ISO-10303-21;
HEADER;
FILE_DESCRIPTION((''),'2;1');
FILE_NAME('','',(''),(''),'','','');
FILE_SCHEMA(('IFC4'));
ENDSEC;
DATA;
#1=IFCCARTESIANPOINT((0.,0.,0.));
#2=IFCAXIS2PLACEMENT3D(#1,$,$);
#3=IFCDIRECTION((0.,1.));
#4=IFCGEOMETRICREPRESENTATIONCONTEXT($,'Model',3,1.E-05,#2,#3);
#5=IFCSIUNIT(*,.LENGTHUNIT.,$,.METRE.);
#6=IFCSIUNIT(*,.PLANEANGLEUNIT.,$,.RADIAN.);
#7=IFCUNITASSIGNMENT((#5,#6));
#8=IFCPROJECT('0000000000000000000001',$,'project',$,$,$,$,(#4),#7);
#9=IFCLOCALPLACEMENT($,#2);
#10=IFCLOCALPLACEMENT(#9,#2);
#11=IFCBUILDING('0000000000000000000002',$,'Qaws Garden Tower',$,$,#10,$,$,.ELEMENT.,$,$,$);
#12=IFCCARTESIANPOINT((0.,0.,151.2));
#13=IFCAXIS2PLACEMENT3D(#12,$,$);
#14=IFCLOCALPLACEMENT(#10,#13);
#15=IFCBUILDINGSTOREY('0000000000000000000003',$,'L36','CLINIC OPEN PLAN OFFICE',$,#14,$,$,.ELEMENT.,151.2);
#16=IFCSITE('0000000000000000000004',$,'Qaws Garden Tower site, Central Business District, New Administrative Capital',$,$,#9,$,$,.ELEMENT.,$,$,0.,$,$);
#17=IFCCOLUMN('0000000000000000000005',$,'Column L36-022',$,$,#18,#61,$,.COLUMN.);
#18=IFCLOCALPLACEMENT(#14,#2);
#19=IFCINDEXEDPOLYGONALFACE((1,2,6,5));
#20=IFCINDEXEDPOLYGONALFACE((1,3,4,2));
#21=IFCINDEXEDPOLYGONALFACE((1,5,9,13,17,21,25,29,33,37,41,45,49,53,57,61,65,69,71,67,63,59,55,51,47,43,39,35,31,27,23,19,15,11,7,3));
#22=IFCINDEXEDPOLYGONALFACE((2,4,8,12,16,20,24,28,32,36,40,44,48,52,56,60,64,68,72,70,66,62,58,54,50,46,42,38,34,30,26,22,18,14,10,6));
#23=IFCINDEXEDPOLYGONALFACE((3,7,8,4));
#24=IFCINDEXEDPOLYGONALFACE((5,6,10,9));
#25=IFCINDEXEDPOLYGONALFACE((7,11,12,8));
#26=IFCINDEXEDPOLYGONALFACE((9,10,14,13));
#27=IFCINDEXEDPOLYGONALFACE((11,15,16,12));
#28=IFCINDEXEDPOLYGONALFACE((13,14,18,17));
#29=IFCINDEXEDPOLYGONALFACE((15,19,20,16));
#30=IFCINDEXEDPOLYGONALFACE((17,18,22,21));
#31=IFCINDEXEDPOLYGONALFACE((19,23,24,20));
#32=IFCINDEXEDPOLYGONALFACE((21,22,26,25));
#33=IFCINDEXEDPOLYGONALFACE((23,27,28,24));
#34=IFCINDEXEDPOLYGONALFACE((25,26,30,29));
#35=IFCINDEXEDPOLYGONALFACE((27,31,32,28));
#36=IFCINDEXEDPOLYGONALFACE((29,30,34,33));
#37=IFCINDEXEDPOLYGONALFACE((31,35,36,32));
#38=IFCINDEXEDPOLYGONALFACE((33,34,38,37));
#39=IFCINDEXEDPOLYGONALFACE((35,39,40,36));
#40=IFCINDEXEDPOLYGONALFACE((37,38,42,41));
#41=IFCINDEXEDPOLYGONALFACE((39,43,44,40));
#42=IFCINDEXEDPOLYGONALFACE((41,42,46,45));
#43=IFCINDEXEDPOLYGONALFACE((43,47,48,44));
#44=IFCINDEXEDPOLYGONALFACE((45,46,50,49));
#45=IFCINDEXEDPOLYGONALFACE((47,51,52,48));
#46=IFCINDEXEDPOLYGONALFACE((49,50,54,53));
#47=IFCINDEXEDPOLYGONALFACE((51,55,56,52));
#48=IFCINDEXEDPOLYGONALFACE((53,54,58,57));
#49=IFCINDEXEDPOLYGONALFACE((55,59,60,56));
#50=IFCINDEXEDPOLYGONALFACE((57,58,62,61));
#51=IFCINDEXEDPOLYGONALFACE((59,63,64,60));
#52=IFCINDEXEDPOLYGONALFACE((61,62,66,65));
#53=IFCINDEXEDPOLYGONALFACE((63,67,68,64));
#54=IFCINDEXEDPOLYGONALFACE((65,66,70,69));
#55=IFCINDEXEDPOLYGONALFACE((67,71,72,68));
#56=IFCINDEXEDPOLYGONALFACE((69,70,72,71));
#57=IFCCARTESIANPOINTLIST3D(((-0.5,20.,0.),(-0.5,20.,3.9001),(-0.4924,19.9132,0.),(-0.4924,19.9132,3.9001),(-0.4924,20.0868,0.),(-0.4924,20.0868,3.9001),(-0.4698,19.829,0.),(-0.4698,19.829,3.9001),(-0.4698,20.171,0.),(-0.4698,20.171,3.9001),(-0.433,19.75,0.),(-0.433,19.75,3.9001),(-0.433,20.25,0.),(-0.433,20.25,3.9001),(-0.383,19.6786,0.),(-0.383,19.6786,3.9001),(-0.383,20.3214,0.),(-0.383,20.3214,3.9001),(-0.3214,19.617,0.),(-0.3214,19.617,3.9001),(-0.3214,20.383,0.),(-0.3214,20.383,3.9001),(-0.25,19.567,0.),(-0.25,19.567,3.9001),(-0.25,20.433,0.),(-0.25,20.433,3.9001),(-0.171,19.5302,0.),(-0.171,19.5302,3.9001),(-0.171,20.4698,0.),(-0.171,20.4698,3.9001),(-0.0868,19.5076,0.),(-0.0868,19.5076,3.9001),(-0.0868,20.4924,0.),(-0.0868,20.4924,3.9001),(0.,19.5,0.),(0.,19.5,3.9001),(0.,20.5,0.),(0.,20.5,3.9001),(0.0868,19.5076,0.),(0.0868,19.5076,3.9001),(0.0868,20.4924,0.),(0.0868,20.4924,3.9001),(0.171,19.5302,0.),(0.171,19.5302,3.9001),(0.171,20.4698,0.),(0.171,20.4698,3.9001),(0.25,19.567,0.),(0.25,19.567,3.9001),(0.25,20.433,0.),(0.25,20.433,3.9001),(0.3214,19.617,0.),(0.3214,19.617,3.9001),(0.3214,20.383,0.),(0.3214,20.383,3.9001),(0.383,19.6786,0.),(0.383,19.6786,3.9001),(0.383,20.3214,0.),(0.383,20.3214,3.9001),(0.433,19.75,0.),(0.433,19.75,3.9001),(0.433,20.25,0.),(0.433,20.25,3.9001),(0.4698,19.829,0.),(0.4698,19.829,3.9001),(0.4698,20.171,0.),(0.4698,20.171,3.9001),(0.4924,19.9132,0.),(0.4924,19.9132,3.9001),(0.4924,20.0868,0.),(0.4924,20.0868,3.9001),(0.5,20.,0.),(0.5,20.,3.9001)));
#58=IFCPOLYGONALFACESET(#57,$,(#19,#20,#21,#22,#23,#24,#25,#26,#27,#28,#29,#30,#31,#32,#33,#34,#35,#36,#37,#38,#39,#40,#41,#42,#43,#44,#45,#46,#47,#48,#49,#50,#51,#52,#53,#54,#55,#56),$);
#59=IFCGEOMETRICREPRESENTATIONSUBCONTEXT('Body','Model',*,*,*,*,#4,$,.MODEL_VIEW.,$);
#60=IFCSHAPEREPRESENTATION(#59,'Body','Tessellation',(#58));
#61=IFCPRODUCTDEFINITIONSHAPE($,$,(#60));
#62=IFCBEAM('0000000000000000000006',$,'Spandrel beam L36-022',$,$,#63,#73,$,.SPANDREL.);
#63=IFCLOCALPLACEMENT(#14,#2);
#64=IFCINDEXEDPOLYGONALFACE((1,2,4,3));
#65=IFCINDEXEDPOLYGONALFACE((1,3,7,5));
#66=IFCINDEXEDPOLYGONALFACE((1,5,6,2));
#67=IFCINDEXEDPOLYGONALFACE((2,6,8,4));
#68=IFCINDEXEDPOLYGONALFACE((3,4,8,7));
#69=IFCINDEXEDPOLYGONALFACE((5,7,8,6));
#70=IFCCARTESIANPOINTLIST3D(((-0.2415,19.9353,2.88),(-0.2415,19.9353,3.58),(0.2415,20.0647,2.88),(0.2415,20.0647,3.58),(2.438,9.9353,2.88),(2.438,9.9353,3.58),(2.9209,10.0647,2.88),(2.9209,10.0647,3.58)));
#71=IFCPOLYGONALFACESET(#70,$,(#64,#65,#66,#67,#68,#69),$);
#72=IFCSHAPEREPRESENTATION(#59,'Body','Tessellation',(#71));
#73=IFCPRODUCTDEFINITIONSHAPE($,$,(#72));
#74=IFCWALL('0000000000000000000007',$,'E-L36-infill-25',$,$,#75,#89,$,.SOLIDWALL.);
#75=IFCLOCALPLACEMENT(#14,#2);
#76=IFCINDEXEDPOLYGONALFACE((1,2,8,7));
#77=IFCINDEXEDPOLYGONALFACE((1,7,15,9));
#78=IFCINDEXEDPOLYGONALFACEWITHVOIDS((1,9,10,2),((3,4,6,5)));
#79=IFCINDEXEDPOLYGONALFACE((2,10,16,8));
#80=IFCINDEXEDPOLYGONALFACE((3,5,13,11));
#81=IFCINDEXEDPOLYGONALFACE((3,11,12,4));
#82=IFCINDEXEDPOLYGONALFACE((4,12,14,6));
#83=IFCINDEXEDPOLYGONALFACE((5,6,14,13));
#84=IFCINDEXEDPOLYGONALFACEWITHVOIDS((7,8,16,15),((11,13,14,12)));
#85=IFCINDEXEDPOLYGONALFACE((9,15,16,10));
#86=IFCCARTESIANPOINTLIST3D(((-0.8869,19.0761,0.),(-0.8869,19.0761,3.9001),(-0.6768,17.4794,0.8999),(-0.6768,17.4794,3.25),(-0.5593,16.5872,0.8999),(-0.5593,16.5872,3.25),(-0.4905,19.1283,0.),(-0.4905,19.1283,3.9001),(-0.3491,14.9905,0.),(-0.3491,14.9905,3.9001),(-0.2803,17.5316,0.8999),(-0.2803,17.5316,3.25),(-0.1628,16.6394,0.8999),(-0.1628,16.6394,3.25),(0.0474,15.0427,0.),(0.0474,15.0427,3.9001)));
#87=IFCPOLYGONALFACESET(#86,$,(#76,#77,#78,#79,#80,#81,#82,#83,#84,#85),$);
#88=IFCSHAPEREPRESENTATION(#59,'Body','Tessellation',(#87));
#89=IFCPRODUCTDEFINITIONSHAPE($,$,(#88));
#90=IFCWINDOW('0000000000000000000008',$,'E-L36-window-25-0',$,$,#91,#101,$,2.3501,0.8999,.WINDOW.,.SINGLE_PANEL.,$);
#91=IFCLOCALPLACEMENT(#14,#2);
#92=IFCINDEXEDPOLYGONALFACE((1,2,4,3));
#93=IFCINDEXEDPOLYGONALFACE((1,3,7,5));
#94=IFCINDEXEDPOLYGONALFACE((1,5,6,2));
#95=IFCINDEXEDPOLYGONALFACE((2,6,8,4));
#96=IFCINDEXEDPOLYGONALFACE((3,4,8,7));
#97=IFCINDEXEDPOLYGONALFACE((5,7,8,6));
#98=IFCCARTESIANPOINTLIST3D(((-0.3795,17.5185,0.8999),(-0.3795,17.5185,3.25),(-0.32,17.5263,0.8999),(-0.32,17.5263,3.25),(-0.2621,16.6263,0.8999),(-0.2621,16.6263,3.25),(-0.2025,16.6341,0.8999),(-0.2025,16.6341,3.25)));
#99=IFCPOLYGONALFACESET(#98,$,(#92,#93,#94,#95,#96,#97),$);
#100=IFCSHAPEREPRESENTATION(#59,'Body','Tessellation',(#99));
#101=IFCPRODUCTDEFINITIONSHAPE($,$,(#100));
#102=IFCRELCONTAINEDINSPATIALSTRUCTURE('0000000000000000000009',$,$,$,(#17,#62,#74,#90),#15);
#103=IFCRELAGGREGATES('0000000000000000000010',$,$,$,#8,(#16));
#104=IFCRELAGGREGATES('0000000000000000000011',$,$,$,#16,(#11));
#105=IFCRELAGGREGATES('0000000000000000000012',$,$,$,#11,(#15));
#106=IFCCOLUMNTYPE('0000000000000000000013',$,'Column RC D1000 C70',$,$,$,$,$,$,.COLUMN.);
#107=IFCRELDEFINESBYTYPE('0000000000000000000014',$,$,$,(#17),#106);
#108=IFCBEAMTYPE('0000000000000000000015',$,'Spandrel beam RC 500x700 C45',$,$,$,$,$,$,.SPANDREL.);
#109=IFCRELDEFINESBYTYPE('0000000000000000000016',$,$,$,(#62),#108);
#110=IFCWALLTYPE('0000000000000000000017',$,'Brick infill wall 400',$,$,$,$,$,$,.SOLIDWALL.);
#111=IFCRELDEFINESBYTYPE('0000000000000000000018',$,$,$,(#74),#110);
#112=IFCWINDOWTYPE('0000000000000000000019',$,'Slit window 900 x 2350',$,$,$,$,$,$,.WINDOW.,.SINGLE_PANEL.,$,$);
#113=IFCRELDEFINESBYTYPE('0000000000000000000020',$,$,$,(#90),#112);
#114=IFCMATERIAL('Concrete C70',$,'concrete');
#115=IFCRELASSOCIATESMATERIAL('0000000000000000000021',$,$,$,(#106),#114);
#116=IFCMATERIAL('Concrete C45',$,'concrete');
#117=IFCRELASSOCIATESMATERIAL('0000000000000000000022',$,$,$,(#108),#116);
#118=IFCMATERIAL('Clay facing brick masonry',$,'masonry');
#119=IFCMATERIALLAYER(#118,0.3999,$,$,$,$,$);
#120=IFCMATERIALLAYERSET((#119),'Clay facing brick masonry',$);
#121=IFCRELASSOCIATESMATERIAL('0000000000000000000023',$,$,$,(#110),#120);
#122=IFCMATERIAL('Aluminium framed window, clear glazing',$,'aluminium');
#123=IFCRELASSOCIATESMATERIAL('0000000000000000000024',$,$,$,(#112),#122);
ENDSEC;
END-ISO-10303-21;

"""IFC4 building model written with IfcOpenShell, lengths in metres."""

from ifc_helpers import new_model, si_unit, direction, frame, frame_2d, origin, origin_2d, place, context, subcontext, project, spatial, rectangle, circle, extrude, material, layer, layer_set, material_profile, profile_set, type_object, element, fill, save


model = new_model("IFC4")

# Units and contexts
model_context = context("Model", 3, precision=1e-05, world=origin(), true_north=direction((0.0, 1.0)))
body_context = subcontext(model_context, "Body", "Model", "MODEL_VIEW")
ifc_project = project(units=[si_unit("LENGTHUNIT", "METRE"), si_unit("PLANEANGLEUNIT", "RADIAN")], contexts=[model_context])

# Site, building, storey
site_placement = place(None, origin())
site = spatial("IfcSite", under=ifc_project, at=site_placement, Name="Qaws Garden Tower site, Central Business District, New Administrative Capital", CompositionType="ELEMENT", RefElevation=0.0)
building_placement = place(site_placement, origin())
building = spatial("IfcBuilding", under=site, at=building_placement, Name="Qaws Garden Tower", CompositionType="ELEMENT")
storey_placement = place(building_placement, frame((0.0, 0.0, 151.2)))
storey = spatial("IfcBuildingStorey", under=building, at=storey_placement, Name="L36", Description="CLINIC OPEN PLAN OFFICE", CompositionType="ELEMENT", Elevation=151.2)

# Column
ifc_material_1 = material(Name="Concrete C70", Category="concrete")
ifc_material_profile_1 = material_profile(ifc_material_1, circle(Radius=0.5, at=origin_2d()), Name="RC D1000")
ifc_profile_set_1 = profile_set([ifc_material_profile_1], Name="Concrete C70")
column_type = type_object("IfcColumnType", Name="Column RC D1000 C70", PredefinedType="COLUMN", material=ifc_profile_set_1)
column_placement = place(storey_placement, frame((0.0, 20.0, 0.0), z_axis=(0.0, 0.0, 1.0), x_axis=(1.0, 0.0, 0.0)))
element("IfcColumn", 1, at=column_placement, inside=storey, type_object=column_type, Name="Column L36-022", PredefinedType="COLUMN", context=body_context, shape_type="SweptSolid", body=[
    extrude(circle(Radius=0.5, at=origin_2d()), origin(), (0.0, 0.0, 1.0), 3.9001),
])

# Beam
ifc_material_2 = material(Name="Concrete C45", Category="concrete")
ifc_material_profile_2 = material_profile(ifc_material_2, rectangle(XDim=0.5, YDim=0.7, at=origin_2d()), Name="RC 500x700")
ifc_profile_set_2 = profile_set([ifc_material_profile_2], Name="Concrete C45")
beam_type = type_object("IfcBeamType", Name="Spandrel beam RC 500x700 C45", PredefinedType="SPANDREL", material=ifc_profile_set_2)
beam_placement = place(storey_placement, frame((0.0, 20.0, 3.23), z_axis=(0.258815, -0.965927, 0.0), x_axis=(0.965927, 0.258815, 0.0)))
element("IfcBeam", 2, at=beam_placement, inside=storey, type_object=beam_type, Name="Spandrel beam L36-022", PredefinedType="SPANDREL", context=body_context, shape_type="SweptSolid", body=[
    extrude(rectangle(XDim=0.5, YDim=0.7, at=origin_2d()), origin(), (0.0, 0.0, 1.0), 10.3528),
])

# Wall, opening, window
ifc_material_3 = material(Name="Clay facing brick masonry", Category="masonry")
ifc_layer_1 = layer(ifc_material_3, 0.3999)
ifc_layer_set_1 = layer_set([ifc_layer_1], Name="Clay facing brick masonry")
wall_type_1 = type_object("IfcWallType", Name="Brick infill wall 400", PredefinedType="SOLIDWALL", material=ifc_layer_set_1)
wall_1_placement = place(storey_placement, frame((-0.6887, 19.1023, 0.0), z_axis=(0.0, 0.0, 1.0), x_axis=(0.130514, -0.991446, 0.0)))
wall_1 = element("IfcWall", 3, at=wall_1_placement, inside=storey, type_object=wall_type_1, Name="E-L36-infill-25", PredefinedType="SOLIDWALL", context=body_context, shape_type="SweptSolid", body=[
    extrude(rectangle(XDim=4.1208, YDim=0.3999, at=frame_2d((2.0605, 0.0))), origin(), (0.0, 0.0, 1.0), 3.9001),
])
opening_1_placement = place(wall_1_placement, frame((1.6106, 0.0, 0.8999)))
opening_1 = element("IfcOpeningElement", 4, at=opening_1_placement, cuts=wall_1, PredefinedType="OPENING", context=body_context, shape_type="SweptSolid", body=[
    extrude(rectangle(XDim=0.8999, YDim=2.3501, at=frame_2d((0.45, 1.175))), frame((0.0, 0.21, 0.0), z_axis=(0.0, -1.0, 0.0), x_axis=(1.0, 0.0, 0.0)), (0.0, 0.0, 1.0), 0.4199),
])
ifc_material_4 = material(Name="Aluminium framed window, clear glazing", Category="aluminium")
window_type = type_object("IfcWindowType", Name="Slit window 900 x 2350", PartitioningType="SINGLE_PANEL", PredefinedType="WINDOW", material=ifc_material_4)
window_placement = place(opening_1_placement, origin())
window = element("IfcWindow", 5, at=window_placement, inside=storey, type_object=window_type, Name="E-L36-window-25-0", OverallHeight=2.3501, OverallWidth=0.8999, PartitioningType="SINGLE_PANEL", PredefinedType="WINDOW", context=body_context, shape_type="SweptSolid", body=[
    extrude(rectangle(XDim=0.8999, YDim=2.3501, at=frame_2d((0.45, 1.175))), frame((0.0, 0.1599, 0.0), z_axis=(0.0, -1.0, 0.0), x_axis=(1.0, 0.0, 0.0)), (0.0, 0.0, 1.0), 0.0601),
])
fill(opening_1, window)

save(model, "model.ifc")
